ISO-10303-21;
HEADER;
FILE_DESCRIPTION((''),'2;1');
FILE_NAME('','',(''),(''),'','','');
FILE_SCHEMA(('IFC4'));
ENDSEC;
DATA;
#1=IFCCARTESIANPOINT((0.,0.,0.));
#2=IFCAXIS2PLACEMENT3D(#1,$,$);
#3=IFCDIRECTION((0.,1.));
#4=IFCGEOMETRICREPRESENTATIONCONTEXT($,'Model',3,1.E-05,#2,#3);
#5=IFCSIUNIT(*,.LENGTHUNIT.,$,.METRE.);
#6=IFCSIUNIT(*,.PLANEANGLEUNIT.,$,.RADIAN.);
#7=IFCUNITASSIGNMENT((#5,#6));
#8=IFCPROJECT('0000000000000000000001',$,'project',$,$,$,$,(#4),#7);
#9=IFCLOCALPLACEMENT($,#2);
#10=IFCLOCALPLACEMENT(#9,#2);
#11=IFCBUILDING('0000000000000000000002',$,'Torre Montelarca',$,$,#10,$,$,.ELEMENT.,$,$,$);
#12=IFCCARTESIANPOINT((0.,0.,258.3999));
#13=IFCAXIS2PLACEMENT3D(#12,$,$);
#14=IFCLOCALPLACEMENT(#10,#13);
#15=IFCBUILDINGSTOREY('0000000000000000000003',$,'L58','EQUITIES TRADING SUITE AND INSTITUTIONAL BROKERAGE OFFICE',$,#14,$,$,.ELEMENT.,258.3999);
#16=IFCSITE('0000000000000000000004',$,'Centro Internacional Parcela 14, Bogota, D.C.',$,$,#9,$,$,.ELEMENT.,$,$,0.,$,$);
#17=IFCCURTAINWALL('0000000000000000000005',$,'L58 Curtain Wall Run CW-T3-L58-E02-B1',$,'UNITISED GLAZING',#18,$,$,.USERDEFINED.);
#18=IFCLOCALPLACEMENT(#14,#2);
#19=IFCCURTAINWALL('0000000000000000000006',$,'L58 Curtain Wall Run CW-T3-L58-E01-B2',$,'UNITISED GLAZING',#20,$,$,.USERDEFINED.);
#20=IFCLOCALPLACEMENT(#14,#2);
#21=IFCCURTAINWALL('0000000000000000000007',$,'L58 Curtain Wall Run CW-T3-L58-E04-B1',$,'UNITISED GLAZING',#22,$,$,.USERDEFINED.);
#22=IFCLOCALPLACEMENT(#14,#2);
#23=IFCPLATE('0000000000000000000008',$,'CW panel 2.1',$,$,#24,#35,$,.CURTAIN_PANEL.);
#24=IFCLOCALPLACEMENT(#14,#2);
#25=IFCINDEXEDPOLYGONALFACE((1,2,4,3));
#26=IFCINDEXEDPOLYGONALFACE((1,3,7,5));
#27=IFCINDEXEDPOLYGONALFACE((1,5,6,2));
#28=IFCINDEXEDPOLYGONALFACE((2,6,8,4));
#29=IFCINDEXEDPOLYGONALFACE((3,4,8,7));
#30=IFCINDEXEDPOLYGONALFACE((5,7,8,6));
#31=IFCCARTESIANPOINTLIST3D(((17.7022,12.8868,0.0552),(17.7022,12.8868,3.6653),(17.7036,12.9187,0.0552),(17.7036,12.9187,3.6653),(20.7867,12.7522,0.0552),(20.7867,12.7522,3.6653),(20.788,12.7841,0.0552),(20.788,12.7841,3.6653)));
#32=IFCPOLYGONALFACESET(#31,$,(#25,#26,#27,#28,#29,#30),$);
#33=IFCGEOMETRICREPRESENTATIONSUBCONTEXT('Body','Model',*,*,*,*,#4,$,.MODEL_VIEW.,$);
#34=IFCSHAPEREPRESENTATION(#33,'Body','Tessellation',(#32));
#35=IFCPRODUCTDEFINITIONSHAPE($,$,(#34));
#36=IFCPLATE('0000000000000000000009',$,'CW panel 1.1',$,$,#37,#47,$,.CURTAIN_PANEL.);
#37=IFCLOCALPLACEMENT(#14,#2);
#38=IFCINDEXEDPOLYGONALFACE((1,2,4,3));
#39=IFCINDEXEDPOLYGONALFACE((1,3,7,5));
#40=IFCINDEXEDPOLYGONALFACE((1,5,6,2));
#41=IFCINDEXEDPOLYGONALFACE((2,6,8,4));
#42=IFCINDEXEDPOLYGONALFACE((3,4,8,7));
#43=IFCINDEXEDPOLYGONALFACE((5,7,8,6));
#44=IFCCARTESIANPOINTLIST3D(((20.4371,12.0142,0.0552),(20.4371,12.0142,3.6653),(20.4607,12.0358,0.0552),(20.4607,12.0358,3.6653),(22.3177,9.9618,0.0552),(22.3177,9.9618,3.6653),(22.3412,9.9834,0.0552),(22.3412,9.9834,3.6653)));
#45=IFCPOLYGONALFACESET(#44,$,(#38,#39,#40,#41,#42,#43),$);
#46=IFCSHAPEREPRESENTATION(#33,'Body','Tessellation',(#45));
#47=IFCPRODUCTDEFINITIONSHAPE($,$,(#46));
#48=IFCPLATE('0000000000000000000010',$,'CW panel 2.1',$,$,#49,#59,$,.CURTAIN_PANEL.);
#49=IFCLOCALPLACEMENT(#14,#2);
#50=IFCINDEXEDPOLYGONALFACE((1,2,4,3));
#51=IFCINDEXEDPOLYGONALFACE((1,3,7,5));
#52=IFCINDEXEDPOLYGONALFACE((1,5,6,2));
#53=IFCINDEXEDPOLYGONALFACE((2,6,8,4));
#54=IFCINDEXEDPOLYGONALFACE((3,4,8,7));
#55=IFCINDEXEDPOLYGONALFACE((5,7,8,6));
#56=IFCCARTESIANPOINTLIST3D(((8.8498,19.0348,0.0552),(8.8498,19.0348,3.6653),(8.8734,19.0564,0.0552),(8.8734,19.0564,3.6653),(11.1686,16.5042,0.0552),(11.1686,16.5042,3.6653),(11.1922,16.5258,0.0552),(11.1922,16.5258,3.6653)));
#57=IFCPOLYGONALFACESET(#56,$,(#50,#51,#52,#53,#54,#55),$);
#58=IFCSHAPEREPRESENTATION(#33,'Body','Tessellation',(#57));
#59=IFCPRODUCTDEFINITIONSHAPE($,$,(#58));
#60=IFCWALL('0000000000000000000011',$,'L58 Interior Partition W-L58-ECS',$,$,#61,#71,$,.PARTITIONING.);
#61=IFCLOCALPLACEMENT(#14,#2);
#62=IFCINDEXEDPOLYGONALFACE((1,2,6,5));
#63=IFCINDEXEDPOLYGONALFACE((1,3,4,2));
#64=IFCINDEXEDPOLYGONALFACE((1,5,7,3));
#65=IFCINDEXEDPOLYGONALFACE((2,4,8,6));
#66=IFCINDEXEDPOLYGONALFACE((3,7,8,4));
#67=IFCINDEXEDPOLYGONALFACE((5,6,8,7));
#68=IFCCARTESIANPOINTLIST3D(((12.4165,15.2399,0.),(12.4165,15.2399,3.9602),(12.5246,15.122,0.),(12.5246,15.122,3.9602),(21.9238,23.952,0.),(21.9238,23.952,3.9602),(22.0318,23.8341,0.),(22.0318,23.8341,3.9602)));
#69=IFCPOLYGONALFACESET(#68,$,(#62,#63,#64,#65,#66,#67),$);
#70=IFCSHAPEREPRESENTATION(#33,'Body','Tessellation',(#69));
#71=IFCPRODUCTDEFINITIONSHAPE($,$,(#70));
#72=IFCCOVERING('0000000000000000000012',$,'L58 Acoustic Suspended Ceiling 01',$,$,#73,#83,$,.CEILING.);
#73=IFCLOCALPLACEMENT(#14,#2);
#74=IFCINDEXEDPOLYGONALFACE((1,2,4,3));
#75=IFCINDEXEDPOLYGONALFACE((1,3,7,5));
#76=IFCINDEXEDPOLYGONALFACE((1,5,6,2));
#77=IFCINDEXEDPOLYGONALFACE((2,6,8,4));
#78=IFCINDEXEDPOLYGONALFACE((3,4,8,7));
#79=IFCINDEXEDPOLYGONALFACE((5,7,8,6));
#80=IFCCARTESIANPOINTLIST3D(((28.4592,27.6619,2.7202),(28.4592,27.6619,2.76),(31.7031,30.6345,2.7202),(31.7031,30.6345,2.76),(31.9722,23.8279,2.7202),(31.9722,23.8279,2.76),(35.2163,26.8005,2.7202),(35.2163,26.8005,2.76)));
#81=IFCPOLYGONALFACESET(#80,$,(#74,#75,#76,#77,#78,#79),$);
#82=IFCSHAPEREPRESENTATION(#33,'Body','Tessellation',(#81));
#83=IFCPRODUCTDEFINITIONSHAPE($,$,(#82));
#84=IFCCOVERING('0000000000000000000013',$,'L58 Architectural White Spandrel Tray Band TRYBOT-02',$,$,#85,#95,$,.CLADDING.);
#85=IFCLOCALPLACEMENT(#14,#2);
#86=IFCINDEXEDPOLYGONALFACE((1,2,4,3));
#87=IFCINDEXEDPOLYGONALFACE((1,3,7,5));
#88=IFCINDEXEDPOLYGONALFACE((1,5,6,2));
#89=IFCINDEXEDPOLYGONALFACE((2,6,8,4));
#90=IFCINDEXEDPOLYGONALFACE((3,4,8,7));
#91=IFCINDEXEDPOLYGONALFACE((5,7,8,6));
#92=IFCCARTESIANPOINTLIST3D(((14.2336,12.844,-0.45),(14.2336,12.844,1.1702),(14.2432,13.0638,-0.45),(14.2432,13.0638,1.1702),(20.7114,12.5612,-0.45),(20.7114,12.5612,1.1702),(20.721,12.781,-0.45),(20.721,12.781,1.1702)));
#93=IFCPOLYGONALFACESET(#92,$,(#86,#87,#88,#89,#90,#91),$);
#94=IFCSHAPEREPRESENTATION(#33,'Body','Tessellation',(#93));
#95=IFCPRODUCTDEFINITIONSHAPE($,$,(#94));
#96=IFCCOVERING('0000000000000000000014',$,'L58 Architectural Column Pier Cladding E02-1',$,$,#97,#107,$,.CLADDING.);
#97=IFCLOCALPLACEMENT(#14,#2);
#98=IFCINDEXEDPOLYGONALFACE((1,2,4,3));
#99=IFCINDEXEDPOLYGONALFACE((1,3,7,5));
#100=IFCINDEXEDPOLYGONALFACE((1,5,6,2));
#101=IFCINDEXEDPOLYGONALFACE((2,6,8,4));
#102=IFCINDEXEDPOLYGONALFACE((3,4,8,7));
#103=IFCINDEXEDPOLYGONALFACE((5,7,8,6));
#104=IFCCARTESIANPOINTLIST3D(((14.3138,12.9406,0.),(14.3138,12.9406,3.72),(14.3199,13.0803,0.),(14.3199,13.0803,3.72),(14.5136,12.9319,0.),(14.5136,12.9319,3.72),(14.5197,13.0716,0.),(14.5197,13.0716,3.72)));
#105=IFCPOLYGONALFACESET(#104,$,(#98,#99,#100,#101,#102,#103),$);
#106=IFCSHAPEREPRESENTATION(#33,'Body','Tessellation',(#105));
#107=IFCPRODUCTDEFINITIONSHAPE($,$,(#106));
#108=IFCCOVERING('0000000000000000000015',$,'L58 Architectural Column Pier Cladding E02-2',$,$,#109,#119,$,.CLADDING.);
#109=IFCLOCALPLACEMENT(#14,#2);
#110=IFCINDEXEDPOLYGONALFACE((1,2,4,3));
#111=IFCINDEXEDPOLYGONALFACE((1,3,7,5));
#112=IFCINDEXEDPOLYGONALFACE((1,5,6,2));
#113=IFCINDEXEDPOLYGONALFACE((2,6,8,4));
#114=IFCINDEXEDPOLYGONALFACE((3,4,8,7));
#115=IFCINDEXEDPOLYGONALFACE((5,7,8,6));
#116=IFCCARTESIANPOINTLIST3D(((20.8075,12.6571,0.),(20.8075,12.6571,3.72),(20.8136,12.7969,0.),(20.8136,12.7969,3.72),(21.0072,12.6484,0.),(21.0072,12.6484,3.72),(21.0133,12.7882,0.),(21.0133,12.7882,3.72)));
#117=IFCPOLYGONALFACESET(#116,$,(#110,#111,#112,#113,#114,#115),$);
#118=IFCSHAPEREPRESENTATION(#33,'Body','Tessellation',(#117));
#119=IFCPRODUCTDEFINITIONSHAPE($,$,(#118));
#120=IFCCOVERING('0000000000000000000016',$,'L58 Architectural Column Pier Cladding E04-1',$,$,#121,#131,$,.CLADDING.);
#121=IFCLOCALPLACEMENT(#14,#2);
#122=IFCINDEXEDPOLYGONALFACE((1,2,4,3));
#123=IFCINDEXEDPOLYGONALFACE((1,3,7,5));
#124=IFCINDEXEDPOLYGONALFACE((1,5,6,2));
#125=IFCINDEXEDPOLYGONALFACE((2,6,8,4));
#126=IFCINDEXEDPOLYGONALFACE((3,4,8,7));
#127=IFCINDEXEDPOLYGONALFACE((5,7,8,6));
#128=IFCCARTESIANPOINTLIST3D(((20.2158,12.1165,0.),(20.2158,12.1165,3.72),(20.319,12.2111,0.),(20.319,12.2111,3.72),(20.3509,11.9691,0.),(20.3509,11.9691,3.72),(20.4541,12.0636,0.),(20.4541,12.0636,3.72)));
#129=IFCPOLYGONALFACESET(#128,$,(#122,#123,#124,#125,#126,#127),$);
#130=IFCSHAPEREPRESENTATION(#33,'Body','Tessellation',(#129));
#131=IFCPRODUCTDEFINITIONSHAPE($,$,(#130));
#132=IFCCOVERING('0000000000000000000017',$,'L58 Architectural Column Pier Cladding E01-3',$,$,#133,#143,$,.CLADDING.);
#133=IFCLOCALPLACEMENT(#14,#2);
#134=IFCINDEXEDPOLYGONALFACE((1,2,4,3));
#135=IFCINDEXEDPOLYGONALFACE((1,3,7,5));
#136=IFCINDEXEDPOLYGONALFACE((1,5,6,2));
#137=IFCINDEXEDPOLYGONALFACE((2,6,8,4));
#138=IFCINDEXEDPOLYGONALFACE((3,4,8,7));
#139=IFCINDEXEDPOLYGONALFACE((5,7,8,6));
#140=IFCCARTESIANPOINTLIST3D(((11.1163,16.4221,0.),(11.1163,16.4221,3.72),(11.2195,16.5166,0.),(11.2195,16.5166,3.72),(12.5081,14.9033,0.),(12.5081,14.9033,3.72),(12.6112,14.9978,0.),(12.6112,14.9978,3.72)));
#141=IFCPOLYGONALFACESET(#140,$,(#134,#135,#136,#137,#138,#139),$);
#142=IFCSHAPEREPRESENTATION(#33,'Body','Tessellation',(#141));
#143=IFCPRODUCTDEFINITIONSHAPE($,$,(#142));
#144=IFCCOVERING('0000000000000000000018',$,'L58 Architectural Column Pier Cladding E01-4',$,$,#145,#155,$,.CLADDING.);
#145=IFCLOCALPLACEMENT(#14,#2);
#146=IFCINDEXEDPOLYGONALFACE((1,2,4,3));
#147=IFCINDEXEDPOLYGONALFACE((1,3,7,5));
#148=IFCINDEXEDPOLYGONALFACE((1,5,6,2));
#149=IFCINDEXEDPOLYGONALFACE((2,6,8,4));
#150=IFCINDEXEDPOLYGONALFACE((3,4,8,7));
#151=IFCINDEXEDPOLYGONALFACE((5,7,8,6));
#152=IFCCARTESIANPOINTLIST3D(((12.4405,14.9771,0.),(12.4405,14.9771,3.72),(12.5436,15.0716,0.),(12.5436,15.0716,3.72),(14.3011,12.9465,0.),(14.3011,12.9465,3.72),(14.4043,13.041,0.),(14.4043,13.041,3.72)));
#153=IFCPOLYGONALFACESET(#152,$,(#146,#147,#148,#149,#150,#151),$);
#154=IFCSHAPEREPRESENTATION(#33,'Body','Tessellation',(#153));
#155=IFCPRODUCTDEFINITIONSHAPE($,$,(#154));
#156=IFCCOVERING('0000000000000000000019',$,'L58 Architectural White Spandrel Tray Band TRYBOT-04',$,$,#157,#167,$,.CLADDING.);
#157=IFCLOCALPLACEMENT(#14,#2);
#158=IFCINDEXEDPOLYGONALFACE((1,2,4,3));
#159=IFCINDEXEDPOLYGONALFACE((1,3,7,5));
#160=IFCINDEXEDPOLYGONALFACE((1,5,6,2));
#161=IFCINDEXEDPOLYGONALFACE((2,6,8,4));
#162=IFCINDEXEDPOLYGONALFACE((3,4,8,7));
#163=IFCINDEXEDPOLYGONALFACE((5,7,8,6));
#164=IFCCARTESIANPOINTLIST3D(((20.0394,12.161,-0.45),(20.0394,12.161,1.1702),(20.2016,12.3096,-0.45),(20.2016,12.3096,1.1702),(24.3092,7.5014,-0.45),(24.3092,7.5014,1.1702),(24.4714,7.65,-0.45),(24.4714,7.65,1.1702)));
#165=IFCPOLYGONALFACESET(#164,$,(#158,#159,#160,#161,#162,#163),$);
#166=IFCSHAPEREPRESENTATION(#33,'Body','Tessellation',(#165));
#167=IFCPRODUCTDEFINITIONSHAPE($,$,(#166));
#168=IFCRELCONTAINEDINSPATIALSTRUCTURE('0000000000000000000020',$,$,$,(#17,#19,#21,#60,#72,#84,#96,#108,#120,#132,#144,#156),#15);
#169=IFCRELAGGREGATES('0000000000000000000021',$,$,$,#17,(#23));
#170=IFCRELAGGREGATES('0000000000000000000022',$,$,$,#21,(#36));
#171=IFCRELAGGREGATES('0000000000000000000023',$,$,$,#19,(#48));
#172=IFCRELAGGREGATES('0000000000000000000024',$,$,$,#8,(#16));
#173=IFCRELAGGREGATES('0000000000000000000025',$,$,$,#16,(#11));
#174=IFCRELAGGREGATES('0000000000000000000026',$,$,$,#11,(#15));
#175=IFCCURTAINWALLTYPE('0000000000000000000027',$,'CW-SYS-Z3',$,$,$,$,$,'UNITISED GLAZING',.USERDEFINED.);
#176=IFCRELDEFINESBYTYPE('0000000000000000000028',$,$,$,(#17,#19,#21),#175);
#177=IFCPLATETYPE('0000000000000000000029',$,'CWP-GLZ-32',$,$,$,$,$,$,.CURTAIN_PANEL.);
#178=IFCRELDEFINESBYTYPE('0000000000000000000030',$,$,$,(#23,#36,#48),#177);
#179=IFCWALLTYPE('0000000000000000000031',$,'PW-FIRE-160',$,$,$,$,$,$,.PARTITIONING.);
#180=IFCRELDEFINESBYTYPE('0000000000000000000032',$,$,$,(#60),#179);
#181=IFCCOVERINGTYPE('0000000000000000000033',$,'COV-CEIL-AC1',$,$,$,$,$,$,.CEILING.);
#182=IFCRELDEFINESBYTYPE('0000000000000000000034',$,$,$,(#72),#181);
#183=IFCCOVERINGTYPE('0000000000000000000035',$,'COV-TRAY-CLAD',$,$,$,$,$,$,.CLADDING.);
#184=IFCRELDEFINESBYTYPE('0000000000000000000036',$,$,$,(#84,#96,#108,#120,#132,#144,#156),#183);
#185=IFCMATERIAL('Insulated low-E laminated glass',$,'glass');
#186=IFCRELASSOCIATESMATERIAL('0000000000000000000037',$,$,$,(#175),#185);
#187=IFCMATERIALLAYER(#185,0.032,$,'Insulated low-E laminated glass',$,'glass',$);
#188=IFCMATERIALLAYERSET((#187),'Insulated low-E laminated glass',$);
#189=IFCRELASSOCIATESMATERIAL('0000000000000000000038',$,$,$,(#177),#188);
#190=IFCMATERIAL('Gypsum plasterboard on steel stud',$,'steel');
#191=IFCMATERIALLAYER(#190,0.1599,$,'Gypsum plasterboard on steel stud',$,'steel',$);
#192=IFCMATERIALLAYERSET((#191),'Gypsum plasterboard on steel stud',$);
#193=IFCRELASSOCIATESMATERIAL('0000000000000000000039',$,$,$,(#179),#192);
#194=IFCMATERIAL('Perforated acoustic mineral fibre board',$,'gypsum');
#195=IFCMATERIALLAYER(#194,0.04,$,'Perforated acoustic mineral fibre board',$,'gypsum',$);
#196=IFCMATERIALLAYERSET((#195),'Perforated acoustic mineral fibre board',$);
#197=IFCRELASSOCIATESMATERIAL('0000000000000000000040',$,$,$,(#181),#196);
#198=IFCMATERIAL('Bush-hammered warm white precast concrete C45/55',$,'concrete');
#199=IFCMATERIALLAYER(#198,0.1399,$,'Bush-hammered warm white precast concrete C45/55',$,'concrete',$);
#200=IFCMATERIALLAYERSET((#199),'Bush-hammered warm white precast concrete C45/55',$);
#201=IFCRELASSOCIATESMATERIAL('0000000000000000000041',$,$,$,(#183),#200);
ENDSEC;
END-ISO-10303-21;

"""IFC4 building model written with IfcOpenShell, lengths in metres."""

from ifc_helpers import new_model, si_unit, direction, frame, frame_2d, origin, origin_2d, place, context, subcontext, project, spatial, polyline, rectangle, outline, extrude, source, transform, mapped, material, layer, layer_set, type_object, element, aggregate, save


model = new_model("IFC4")

# Units and contexts
model_context = context("Model", 3, precision=1e-05, world=origin(), true_north=direction((0.0, 1.0)))
body_context = subcontext(model_context, "Body", "Model", "MODEL_VIEW")
ifc_project = project(units=[si_unit("LENGTHUNIT", "METRE"), si_unit("PLANEANGLEUNIT", "RADIAN")], contexts=[model_context])

# Site, building, storey
site_placement = place(None, origin())
site = spatial("IfcSite", under=ifc_project, at=site_placement, Name="Centro Internacional Parcela 14, Bogota, D.C.", CompositionType="ELEMENT", RefElevation=0.0)
building_placement = place(site_placement, origin())
building = spatial("IfcBuilding", under=site, at=building_placement, Name="Torre Montelarca", CompositionType="ELEMENT")
storey_placement = place(building_placement, frame((0.0, 0.0, 258.3999)))
storey = spatial("IfcBuildingStorey", under=building, at=storey_placement, Name="L58", Description="EQUITIES TRADING SUITE AND INSTITUTIONAL BROKERAGE OFFICE", CompositionType="ELEMENT", Elevation=258.3999)

# Curtain wall
ifc_material_1 = material(Name="Insulated low-E laminated glass", Category="glass")
curtain_wall_type = type_object("IfcCurtainWallType", Name="CW-SYS-Z3", ElementType="UNITISED GLAZING", PredefinedType="USERDEFINED", material=ifc_material_1)
curtain_wall_1_placement = place(storey_placement, origin())
curtain_wall_1 = element("IfcCurtainWall", 1, at=curtain_wall_1_placement, inside=storey, type_object=curtain_wall_type, Name="L58 Curtain Wall Run CW-T3-L58-E02-B1", ObjectType="UNITISED GLAZING", PredefinedType="USERDEFINED")

# Curtain wall
curtain_wall_2_placement = place(storey_placement, origin())
curtain_wall_2 = element("IfcCurtainWall", 2, at=curtain_wall_2_placement, inside=storey, type_object=curtain_wall_type, Name="L58 Curtain Wall Run CW-T3-L58-E01-B2", ObjectType="UNITISED GLAZING", PredefinedType="USERDEFINED")

# Curtain wall
curtain_wall_3_placement = place(storey_placement, origin())
curtain_wall_3 = element("IfcCurtainWall", 3, at=curtain_wall_3_placement, inside=storey, type_object=curtain_wall_type, Name="L58 Curtain Wall Run CW-T3-L58-E04-B1", ObjectType="UNITISED GLAZING", PredefinedType="USERDEFINED")

# Plates
ifc_layer_1 = layer(ifc_material_1, 0.032, Name="Insulated low-E laminated glass", Category="glass")
ifc_layer_set_1 = layer_set([ifc_layer_1], Name="Insulated low-E laminated glass")
plate_type = type_object("IfcPlateType", Name="CWP-GLZ-32", PredefinedType="CURTAIN_PANEL", material=ifc_layer_set_1)
shared_shape_1 = source(origin(), body_context, "Body", "SweptSolid", [
    extrude(rectangle(XDim=3.0874, YDim=0.032, at=origin_2d()), origin(), (0.0, 0.0, 1.0), 3.6101),
])
plate_1_placement = place(storey_placement, frame((19.2451, 12.8354, 0.0552), z_axis=(0.0, 0.0, 1.0), x_axis=(0.999049, -0.04361, 0.0)))
plate_1 = element("IfcPlate", 4, at=plate_1_placement, type_object=plate_type, Name="CW panel 2.1", PredefinedType="CURTAIN_PANEL", context=body_context, shape_type="MappedRepresentation", body=[
    mapped(shared_shape_1, transform((0.0, 0.0, 0.0), scale=1.0)),
])
aggregate(curtain_wall_1, [plate_1])
shared_shape_2 = source(origin(), body_context, "Body", "SweptSolid", [
    extrude(rectangle(XDim=2.7837, YDim=0.032, at=origin_2d()), origin(), (0.0, 0.0, 1.0), 3.6101),
])
plate_2_placement = place(storey_placement, frame((21.3892, 10.9988, 0.0552), z_axis=(0.0, 0.0, 1.0), x_axis=(0.675573, -0.737293, 0.0)))
plate_2 = element("IfcPlate", 5, at=plate_2_placement, type_object=plate_type, Name="CW panel 1.1", PredefinedType="CURTAIN_PANEL", context=body_context, shape_type="MappedRepresentation", body=[
    mapped(shared_shape_2, transform((0.0, 0.0, 0.0), scale=1.0)),
])
aggregate(curtain_wall_3, [plate_2])
shared_shape_3 = source(origin(), body_context, "Body", "SweptSolid", [
    extrude(rectangle(XDim=3.4324, YDim=0.032, at=origin_2d()), origin(), (0.0, 0.0, 1.0), 3.6101),
])
plate_3_placement = place(storey_placement, frame((10.021, 17.7803, 0.0552), z_axis=(0.0, 0.0, 1.0), x_axis=(0.675587, -0.73728, 0.0)))
plate_3 = element("IfcPlate", 6, at=plate_3_placement, type_object=plate_type, Name="CW panel 2.1", PredefinedType="CURTAIN_PANEL", context=body_context, shape_type="MappedRepresentation", body=[
    mapped(shared_shape_3, transform((0.0, 0.0, 0.0), scale=1.0)),
])
aggregate(curtain_wall_2, [plate_3])

# Wall
ifc_material_2 = material(Name="Gypsum plasterboard on steel stud", Category="steel")
ifc_layer_2 = layer(ifc_material_2, 0.1599, Name="Gypsum plasterboard on steel stud", Category="steel")
ifc_layer_set_2 = layer_set([ifc_layer_2], Name="Gypsum plasterboard on steel stud")
wall_type = type_object("IfcWallType", Name="PW-FIRE-160", PredefinedType="PARTITIONING", material=ifc_layer_set_2)
wall_placement = place(storey_placement, frame((12.4705, 15.1809, 0.0), z_axis=(0.0, 0.0, 1.0), x_axis=(0.737266, 0.675603, 0.0)))
element("IfcWall", 7, at=wall_placement, inside=storey, type_object=wall_type, Name="L58 Interior Partition W-L58-ECS", PredefinedType="PARTITIONING", context=body_context, shape_type="SweptSolid", body=[
    extrude(rectangle(XDim=12.8953, YDim=0.1599, at=frame_2d((6.4478, 0.0))), origin(), (0.0, 0.0, 1.0), 3.9602),
])

# Coverings
ifc_material_3 = material(Name="Perforated acoustic mineral fibre board", Category="gypsum")
ifc_layer_3 = layer(ifc_material_3, 0.04, Name="Perforated acoustic mineral fibre board", Category="gypsum")
ifc_layer_set_3 = layer_set([ifc_layer_3], Name="Perforated acoustic mineral fibre board")
covering_type_1 = type_object("IfcCoveringType", Name="COV-CEIL-AC1", PredefinedType="CEILING", material=ifc_layer_set_3)
covering_1_placement = place(storey_placement, frame((0.0, 0.0, 2.7202)))
element("IfcCovering", 8, at=covering_1_placement, inside=storey, type_object=covering_type_1, Name="L58 Acoustic Suspended Ceiling 01", PredefinedType="CEILING", context=body_context, shape_type="SweptSolid", body=[
    extrude(outline(polyline([(28.4592, 27.6619), (31.9722, 23.8279), (35.2163, 26.8005), (31.7031, 30.6345), (28.4592, 27.6619)])), origin(), (0.0, 0.0, 1.0), 0.0398),
])
ifc_material_4 = material(Name="Bush-hammered warm white precast concrete C45/55", Category="concrete")
ifc_layer_4 = layer(ifc_material_4, 0.1399, Name="Bush-hammered warm white precast concrete C45/55", Category="concrete")
ifc_layer_set_4 = layer_set([ifc_layer_4], Name="Bush-hammered warm white precast concrete C45/55")
covering_type_2 = type_object("IfcCoveringType", Name="COV-TRAY-CLAD", PredefinedType="CLADDING", material=ifc_layer_set_4)
shared_shape_4 = source(origin(), body_context, "Body", "SweptSolid", [
    extrude(rectangle(XDim=6.4839, YDim=0.22, at=origin_2d()), origin(), (0.0, 0.0, 1.0), 1.6201),
])
covering_2_placement = place(storey_placement, frame((17.4773, 12.8125, -0.45), z_axis=(0.0, 0.0, 1.0), x_axis=(0.999048, -0.043621, 0.0)))
element("IfcCovering", 9, at=covering_2_placement, inside=storey, type_object=covering_type_2, Name="L58 Architectural White Spandrel Tray Band TRYBOT-02", PredefinedType="CLADDING", context=body_context, shape_type="MappedRepresentation", body=[
    mapped(shared_shape_4, transform((0.0, 0.0, 0.0), scale=1.0)),
])
shared_shape_5 = source(origin(), body_context, "Body", "SweptSolid", [
    extrude(rectangle(XDim=0.2, YDim=0.1399, at=origin_2d()), origin(), (0.0, 0.0, 1.0), 3.72),
])
for number, where, z_axis, x_axis, name in (
    (10, (14.4167, 13.0061, 0.0), (0.0, 0.0, 1.0), (0.999048, -0.043621, 0.0), "L58 Architectural Column Pier Cladding E02-1"),
    (11, (20.9104, 12.7227, 0.0), (0.0, 0.0, 1.0), (0.999048, -0.043621, 0.0), "L58 Architectural Column Pier Cladding E02-2"),
    (12, (20.335, 12.0901, 0.0), (0.0, 0.0, 1.0), (0.675585, -0.737282, 0.0), "L58 Architectural Column Pier Cladding E04-1"),
):
    element("IfcCovering", number, at=place(storey_placement, frame(where, z_axis=z_axis, x_axis=x_axis)), inside=storey, type_object=covering_type_2, Name=name, PredefinedType="CLADDING", context=body_context, shape_type="MappedRepresentation", body=[
        mapped(shared_shape_5, transform((0.0, 0.0, 0.0), scale=1.0)),
    ])
shared_shape_6 = source(origin(), body_context, "Body", "SweptSolid", [
    extrude(rectangle(XDim=2.0601, YDim=0.1399, at=origin_2d()), origin(), (0.0, 0.0, 1.0), 3.72),
])
covering_3_placement = place(storey_placement, frame((11.8638, 15.71, 0.0), z_axis=(0.0, 0.0, 1.0), x_axis=(0.67559, -0.737277, 0.0)))
element("IfcCovering", 13, at=covering_3_placement, inside=storey, type_object=covering_type_2, Name="L58 Architectural Column Pier Cladding E01-3", PredefinedType="CLADDING", context=body_context, shape_type="MappedRepresentation", body=[
    mapped(shared_shape_6, transform((0.0, 0.0, 0.0), scale=1.0)),
])
shared_shape_7 = source(origin(), body_context, "Body", "SweptSolid", [
    extrude(rectangle(XDim=2.7542, YDim=0.1399, at=origin_2d()), origin(), (0.0, 0.0, 1.0), 3.72),
])
covering_4_placement = place(storey_placement, frame((13.4224, 14.009, 0.0), z_axis=(0.0, 0.0, 1.0), x_axis=(0.67559, -0.737277, 0.0)))
element("IfcCovering", 14, at=covering_4_placement, inside=storey, type_object=covering_type_2, Name="L58 Architectural Column Pier Cladding E01-4", PredefinedType="CLADDING", context=body_context, shape_type="MappedRepresentation", body=[
    mapped(shared_shape_7, transform((0.0, 0.0, 0.0), scale=1.0)),
])
shared_shape_8 = source(origin(), body_context, "Body", "SweptSolid", [
    extrude(rectangle(XDim=6.3201, YDim=0.22, at=origin_2d()), origin(), (0.0, 0.0, 1.0), 1.6201),
])
covering_5_placement = place(storey_placement, frame((22.2554, 9.9055, -0.45), z_axis=(0.0, 0.0, 1.0), x_axis=(0.675595, -0.737273, 0.0)))
element("IfcCovering", 15, at=covering_5_placement, inside=storey, type_object=covering_type_2, Name="L58 Architectural White Spandrel Tray Band TRYBOT-04", PredefinedType="CLADDING", context=body_context, shape_type="MappedRepresentation", body=[
    mapped(shared_shape_8, transform((0.0, 0.0, 0.0), scale=1.0)),
])

save(model, "model.ifc")
